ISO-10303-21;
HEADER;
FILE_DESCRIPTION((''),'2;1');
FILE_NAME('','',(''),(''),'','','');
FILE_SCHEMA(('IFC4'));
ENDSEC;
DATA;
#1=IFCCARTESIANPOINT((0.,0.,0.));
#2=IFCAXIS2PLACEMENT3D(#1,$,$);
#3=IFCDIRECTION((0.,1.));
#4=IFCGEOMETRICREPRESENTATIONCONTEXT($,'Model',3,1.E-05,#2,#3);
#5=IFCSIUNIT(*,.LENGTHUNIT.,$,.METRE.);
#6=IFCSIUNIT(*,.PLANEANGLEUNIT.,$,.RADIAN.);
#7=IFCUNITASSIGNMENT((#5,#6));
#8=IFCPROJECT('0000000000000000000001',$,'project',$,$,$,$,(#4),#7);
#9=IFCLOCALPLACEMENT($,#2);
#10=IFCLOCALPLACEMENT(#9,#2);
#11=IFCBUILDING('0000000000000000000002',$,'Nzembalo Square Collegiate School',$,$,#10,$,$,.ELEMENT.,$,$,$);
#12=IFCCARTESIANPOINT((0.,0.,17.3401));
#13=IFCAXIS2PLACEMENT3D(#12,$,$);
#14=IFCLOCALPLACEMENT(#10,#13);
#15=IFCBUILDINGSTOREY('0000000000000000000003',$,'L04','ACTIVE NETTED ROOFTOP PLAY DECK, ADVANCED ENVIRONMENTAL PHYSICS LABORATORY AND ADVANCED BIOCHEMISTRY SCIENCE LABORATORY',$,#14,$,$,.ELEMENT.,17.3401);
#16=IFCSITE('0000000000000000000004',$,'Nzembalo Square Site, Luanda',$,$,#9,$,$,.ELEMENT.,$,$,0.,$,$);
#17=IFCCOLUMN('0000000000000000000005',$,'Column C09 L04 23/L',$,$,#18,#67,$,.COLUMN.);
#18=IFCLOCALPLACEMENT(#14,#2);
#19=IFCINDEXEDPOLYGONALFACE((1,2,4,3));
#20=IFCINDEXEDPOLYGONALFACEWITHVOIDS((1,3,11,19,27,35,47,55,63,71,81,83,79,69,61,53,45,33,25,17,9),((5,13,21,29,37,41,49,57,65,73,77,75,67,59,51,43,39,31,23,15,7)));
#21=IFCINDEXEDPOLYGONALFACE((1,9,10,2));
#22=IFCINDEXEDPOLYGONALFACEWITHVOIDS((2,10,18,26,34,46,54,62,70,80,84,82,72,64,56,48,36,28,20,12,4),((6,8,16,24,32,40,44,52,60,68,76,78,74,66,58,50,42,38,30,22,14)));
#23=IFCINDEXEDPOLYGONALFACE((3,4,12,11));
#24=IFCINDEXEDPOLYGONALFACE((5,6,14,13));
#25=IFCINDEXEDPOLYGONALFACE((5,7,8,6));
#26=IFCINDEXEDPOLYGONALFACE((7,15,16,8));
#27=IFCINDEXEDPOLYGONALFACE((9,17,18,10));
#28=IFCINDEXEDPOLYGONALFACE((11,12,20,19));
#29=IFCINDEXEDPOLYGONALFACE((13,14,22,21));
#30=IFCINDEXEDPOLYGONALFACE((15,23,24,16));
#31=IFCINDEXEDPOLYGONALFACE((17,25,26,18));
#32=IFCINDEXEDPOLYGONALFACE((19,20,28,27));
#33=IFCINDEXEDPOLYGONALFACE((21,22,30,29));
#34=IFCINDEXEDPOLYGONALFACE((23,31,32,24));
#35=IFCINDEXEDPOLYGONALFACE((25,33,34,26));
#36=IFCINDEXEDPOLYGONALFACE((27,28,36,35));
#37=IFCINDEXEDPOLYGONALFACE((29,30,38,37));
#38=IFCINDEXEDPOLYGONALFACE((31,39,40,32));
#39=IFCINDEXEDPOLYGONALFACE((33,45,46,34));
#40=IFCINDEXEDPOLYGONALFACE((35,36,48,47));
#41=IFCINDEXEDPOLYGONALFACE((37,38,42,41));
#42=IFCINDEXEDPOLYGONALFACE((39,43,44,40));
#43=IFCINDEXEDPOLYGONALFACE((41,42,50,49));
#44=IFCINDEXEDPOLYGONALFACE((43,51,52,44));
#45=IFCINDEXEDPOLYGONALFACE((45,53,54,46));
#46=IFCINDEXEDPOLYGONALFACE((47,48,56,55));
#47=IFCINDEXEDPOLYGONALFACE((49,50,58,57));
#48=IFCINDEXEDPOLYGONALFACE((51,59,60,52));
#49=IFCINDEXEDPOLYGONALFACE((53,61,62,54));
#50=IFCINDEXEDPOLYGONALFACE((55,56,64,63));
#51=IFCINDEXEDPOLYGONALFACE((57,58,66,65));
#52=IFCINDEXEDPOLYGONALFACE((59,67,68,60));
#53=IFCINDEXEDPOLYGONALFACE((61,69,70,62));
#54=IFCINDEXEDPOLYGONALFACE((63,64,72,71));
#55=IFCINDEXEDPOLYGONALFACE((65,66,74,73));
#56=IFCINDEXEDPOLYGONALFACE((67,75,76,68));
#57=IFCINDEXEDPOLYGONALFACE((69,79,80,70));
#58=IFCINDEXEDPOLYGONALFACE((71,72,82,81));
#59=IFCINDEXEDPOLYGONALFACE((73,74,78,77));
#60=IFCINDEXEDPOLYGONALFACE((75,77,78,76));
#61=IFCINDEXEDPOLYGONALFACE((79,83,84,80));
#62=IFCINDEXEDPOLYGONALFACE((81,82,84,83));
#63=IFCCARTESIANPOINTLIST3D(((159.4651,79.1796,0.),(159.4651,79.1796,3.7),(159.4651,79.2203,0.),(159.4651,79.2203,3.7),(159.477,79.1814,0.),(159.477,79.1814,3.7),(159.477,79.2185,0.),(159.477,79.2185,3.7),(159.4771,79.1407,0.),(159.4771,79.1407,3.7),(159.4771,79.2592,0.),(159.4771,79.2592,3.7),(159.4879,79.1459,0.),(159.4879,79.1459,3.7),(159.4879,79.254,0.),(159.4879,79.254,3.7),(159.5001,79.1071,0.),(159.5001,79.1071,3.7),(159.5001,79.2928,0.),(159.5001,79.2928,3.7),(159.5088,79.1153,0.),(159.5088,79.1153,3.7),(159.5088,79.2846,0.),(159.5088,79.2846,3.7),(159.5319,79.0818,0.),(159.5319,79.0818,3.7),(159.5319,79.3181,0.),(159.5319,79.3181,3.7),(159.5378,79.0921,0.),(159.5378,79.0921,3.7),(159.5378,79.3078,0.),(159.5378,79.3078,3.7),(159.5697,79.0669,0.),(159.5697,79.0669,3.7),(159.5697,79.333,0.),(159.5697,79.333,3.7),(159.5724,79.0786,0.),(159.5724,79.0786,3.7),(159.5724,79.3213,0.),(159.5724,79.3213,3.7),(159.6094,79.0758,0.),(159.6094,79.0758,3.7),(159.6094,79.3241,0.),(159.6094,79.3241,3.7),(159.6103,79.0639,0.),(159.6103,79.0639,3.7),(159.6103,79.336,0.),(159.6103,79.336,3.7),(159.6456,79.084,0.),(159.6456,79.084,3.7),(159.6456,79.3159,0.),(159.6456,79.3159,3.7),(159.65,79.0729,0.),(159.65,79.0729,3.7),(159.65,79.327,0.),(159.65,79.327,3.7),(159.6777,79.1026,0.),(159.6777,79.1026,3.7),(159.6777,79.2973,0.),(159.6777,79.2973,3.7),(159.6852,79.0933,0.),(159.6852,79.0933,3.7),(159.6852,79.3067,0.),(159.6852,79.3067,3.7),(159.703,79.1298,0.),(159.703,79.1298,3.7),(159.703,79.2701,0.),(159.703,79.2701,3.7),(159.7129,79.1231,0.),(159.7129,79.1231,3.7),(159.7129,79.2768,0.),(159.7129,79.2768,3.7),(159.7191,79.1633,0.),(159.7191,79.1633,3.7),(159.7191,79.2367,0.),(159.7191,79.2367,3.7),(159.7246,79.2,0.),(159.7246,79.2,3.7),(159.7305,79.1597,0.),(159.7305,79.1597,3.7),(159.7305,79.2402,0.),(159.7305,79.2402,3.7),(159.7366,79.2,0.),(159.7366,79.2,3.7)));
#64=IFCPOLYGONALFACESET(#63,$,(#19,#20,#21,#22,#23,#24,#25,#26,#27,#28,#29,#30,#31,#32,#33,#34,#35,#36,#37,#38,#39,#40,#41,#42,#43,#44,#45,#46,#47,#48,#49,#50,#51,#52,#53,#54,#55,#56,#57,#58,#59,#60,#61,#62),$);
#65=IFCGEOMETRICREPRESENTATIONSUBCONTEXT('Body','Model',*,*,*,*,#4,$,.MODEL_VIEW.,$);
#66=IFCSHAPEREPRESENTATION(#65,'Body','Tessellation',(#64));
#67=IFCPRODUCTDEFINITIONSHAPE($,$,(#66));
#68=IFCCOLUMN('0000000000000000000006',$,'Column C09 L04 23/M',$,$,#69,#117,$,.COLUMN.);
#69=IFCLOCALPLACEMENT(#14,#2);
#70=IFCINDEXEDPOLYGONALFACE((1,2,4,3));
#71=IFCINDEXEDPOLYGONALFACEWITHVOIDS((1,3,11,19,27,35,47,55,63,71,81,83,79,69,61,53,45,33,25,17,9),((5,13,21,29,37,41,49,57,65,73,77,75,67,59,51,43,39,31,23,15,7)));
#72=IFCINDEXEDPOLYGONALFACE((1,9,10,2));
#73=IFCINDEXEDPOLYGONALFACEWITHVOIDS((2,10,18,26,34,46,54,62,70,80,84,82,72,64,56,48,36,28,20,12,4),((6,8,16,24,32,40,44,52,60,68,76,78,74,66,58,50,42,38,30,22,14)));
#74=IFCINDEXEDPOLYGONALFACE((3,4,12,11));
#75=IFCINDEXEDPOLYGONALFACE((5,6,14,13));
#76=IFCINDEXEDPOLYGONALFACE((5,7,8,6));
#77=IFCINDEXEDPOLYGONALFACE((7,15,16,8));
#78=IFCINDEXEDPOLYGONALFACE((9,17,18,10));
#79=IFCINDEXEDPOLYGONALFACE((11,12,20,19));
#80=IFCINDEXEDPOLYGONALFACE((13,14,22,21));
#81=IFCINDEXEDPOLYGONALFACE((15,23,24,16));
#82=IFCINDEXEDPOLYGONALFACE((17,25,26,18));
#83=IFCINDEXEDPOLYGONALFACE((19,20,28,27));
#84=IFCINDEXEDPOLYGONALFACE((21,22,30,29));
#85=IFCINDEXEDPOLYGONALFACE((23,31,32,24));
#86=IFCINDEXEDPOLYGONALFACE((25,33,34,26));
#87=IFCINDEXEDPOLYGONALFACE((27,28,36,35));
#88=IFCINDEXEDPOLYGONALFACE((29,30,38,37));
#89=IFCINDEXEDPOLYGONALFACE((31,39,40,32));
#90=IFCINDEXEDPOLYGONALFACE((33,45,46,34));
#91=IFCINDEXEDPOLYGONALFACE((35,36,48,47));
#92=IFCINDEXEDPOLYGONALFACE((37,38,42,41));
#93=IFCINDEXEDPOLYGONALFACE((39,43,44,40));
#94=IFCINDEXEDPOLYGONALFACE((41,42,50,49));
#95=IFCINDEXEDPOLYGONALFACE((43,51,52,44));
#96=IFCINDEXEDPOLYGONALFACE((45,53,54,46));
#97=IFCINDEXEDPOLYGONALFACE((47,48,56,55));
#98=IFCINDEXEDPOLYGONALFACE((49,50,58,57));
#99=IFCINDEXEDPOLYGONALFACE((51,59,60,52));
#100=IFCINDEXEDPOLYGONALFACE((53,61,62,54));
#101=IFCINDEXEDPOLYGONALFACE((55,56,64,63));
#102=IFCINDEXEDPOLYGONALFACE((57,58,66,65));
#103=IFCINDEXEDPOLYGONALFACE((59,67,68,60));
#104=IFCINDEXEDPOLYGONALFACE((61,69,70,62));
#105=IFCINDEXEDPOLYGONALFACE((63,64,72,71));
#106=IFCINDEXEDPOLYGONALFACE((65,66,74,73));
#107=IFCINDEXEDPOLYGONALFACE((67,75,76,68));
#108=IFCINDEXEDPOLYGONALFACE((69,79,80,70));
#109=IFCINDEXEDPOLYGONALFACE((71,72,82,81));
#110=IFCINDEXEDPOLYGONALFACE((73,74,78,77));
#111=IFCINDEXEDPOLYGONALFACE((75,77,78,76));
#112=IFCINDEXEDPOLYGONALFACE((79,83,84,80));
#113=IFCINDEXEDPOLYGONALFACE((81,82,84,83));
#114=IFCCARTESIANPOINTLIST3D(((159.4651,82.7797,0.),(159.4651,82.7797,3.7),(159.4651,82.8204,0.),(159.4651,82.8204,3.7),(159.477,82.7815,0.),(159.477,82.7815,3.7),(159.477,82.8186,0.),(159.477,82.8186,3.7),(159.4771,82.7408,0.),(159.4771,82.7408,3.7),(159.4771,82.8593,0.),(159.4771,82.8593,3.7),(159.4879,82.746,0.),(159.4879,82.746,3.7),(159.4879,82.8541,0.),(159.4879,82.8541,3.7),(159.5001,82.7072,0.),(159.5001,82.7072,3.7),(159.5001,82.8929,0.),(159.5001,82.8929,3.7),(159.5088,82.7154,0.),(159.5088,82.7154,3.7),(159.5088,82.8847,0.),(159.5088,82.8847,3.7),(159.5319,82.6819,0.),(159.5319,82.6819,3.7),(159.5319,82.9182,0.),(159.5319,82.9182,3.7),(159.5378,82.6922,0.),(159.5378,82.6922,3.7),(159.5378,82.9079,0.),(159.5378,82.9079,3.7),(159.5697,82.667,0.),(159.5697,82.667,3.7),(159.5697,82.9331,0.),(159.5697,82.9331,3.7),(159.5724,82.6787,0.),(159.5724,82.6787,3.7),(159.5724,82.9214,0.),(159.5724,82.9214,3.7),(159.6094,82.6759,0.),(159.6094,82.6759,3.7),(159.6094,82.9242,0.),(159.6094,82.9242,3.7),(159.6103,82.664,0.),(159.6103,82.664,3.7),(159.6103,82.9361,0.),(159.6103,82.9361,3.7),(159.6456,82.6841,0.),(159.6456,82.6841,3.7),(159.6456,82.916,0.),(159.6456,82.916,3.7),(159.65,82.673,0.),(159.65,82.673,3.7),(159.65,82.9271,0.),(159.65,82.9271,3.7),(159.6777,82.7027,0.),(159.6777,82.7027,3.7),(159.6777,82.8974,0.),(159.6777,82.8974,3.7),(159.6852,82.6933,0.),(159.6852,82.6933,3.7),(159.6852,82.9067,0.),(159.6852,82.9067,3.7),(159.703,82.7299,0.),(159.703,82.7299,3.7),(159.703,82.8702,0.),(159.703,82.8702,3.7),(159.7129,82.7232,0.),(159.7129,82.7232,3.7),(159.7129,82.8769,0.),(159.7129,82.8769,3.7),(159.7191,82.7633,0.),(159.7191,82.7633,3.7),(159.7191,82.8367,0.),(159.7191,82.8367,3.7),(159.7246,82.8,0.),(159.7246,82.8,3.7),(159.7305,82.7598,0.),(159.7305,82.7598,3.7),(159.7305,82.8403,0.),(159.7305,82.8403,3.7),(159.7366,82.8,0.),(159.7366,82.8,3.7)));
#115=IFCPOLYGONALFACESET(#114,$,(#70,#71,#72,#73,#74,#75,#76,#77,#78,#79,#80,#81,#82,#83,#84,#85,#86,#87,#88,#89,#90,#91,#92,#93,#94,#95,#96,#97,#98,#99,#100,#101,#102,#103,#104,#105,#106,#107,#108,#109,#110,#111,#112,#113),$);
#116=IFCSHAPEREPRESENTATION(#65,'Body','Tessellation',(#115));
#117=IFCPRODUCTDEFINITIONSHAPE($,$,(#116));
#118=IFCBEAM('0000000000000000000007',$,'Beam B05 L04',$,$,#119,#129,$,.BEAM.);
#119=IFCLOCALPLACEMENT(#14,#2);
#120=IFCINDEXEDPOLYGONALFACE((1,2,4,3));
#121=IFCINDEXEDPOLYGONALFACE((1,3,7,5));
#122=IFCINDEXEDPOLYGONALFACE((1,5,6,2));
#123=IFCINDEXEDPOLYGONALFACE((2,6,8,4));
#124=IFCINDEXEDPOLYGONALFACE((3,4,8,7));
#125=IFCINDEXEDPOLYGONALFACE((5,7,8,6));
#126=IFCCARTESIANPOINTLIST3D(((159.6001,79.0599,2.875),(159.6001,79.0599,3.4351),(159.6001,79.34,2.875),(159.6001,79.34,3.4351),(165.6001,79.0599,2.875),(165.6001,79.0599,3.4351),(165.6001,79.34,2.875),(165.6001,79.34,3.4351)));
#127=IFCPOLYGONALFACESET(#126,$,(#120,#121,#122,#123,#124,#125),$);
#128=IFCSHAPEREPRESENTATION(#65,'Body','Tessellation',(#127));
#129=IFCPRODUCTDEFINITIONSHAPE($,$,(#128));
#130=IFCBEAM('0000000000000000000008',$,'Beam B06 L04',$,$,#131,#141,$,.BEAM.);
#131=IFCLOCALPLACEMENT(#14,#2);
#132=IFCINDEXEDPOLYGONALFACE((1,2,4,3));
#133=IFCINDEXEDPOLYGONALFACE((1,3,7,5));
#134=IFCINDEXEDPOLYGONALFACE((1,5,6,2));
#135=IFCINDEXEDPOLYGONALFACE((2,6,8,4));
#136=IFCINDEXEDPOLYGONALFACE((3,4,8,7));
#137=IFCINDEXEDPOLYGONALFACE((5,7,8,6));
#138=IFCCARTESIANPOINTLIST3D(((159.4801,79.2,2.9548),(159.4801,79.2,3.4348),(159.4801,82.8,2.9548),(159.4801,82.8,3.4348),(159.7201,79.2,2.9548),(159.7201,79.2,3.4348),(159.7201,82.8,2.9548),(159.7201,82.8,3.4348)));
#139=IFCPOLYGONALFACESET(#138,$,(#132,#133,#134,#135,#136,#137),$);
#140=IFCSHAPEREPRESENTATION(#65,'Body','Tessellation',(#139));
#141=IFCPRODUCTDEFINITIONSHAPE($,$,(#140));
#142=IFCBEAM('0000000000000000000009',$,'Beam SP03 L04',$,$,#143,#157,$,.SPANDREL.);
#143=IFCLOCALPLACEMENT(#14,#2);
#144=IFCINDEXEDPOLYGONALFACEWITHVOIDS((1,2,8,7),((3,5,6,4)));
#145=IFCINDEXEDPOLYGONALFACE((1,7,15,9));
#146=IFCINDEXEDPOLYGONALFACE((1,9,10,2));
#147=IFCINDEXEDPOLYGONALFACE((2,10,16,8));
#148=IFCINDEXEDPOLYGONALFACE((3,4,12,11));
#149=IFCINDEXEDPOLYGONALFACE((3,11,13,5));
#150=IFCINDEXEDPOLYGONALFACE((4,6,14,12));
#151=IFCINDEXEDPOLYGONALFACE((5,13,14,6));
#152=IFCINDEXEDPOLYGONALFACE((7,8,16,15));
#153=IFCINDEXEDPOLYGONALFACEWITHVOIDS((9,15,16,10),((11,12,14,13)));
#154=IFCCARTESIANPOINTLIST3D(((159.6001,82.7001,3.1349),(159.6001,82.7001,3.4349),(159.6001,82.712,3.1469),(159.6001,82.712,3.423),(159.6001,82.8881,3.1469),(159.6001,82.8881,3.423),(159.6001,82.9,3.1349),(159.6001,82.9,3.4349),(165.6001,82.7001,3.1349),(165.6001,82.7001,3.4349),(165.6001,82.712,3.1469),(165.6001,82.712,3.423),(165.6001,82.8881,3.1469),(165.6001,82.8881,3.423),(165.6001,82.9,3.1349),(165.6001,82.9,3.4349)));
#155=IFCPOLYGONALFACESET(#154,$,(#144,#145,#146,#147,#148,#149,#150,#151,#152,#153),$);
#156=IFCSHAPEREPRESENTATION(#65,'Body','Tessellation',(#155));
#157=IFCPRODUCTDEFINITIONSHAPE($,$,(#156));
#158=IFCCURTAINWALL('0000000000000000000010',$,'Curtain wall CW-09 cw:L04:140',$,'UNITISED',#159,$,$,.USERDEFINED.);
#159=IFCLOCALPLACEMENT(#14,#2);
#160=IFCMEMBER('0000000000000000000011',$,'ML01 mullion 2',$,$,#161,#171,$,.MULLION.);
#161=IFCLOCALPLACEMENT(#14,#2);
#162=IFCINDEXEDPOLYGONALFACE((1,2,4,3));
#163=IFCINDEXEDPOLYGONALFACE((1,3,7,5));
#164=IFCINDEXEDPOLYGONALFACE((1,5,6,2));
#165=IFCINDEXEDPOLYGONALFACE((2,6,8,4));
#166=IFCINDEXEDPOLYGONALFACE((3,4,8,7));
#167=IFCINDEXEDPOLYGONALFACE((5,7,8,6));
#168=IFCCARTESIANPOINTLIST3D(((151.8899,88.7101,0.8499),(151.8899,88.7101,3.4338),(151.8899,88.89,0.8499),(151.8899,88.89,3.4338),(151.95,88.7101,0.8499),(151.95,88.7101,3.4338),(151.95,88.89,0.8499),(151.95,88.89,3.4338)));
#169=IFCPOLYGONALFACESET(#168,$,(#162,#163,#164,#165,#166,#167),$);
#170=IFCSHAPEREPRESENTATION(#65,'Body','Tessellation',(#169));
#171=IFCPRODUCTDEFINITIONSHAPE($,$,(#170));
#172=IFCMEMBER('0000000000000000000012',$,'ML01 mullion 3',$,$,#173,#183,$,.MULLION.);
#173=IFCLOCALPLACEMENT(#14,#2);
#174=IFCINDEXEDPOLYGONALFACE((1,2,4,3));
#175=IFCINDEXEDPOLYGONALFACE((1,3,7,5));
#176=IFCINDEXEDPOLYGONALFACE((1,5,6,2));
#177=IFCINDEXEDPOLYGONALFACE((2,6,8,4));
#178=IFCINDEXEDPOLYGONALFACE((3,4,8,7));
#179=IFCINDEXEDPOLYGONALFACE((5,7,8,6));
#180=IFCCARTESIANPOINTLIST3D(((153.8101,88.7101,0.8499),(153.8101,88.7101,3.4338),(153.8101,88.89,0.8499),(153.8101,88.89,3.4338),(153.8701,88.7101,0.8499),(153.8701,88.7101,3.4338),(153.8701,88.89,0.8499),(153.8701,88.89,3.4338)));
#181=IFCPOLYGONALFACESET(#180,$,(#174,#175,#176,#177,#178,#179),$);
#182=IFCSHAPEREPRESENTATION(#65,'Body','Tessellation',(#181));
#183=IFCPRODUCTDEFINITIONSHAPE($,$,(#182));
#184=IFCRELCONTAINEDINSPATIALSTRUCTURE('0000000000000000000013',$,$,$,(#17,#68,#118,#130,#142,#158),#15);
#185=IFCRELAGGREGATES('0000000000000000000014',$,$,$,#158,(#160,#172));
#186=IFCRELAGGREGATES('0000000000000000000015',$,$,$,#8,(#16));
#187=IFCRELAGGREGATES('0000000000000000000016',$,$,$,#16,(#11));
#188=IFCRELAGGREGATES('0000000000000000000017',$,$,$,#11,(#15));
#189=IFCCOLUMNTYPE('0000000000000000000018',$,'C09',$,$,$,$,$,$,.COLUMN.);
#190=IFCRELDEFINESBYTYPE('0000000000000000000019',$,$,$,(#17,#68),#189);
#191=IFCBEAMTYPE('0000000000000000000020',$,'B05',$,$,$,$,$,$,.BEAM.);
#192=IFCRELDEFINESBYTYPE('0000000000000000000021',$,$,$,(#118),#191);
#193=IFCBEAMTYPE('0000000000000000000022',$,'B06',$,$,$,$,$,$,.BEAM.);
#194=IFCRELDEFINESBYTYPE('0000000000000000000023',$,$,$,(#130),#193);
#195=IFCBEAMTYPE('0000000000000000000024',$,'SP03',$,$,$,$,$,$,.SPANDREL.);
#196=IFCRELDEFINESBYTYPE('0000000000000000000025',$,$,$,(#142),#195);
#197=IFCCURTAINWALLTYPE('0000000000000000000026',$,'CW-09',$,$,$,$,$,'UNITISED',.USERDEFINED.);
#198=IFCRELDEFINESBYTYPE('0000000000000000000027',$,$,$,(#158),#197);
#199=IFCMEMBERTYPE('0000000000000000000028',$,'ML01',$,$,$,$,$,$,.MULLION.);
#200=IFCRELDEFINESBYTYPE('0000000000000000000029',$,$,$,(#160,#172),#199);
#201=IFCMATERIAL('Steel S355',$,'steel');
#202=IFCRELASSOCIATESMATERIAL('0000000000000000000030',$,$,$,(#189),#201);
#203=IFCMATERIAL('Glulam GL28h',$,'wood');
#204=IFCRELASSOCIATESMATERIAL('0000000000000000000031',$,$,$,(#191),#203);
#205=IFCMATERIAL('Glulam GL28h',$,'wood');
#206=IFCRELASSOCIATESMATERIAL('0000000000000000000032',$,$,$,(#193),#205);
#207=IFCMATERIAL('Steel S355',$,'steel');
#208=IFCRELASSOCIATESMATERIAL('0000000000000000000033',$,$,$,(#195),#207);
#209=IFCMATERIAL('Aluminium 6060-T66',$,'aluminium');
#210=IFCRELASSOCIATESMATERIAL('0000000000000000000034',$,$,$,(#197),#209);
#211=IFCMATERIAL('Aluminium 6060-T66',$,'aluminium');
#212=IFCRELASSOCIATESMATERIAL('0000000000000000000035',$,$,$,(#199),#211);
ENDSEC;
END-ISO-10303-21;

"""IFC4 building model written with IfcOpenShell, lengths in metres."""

from ifc_helpers import new_model, si_unit, direction, frame, origin, origin_2d, place, context, subcontext, project, spatial, rectangle, hollow_rectangle, hollow_circle, extrude, material, material_profile, profile_set, type_object, element, aggregate, save


model = new_model("IFC4")

# Units and contexts
model_context = context("Model", 3, precision=1e-05, world=origin(), true_north=direction((0.0, 1.0)))
body_context = subcontext(model_context, "Body", "Model", "MODEL_VIEW")
ifc_project = project(units=[si_unit("LENGTHUNIT", "METRE"), si_unit("PLANEANGLEUNIT", "RADIAN")], contexts=[model_context])

# Site, building, storey
site_placement = place(None, origin())
site = spatial("IfcSite", under=ifc_project, at=site_placement, Name="Nzembalo Square Site, Luanda", CompositionType="ELEMENT", RefElevation=0.0)
building_placement = place(site_placement, origin())
building = spatial("IfcBuilding", under=site, at=building_placement, Name="Nzembalo Square Collegiate School", CompositionType="ELEMENT")
storey_placement = place(building_placement, frame((0.0, 0.0, 17.3401)))
storey = spatial("IfcBuildingStorey", under=building, at=storey_placement, Name="L04", Description="ACTIVE NETTED ROOFTOP PLAY DECK, ADVANCED ENVIRONMENTAL PHYSICS LABORATORY AND ADVANCED BIOCHEMISTRY SCIENCE LABORATORY", CompositionType="ELEMENT", Elevation=17.3401)

# Columns
ifc_material_1 = material(Name="Steel S355", Category="steel")
ifc_material_profile_1 = material_profile(ifc_material_1, hollow_circle(Radius=0.1365, WallThickness=0.012, at=origin_2d()), Name="CHS 273x12")
ifc_profile_set_1 = profile_set([ifc_material_profile_1], Name="Steel S355")
column_type = type_object("IfcColumnType", Name="C09", PredefinedType="COLUMN", material=ifc_profile_set_1)
for number, where, z_axis, x_axis, name in (
    (1, (159.6001, 79.2, 0.0), (0.0, 0.0, 1.0), (1.0, 0.0, 0.0), "Column C09 L04 23/L"),
    (2, (159.6001, 82.8, 0.0), (0.0, 0.0, 1.0), (1.0, 0.0, 0.0), "Column C09 L04 23/M"),
):
    element("IfcColumn", number, at=place(storey_placement, frame(where, z_axis=z_axis, x_axis=x_axis)), inside=storey, type_object=column_type, Name=name, PredefinedType="COLUMN", context=body_context, shape_type="SweptSolid", body=[
        extrude(hollow_circle(Radius=0.1365, WallThickness=0.012, at=origin_2d()), origin(), (0.0, 0.0, 1.0), 3.7),
    ])

# Beams
ifc_material_2 = material(Name="Glulam GL28h", Category="wood")
ifc_material_profile_2 = material_profile(ifc_material_2, rectangle(XDim=0.28, YDim=0.5601, at=origin_2d()), Name="GL28h 280x560")
ifc_profile_set_2 = profile_set([ifc_material_profile_2], Name="Glulam GL28h")
beam_type_1 = type_object("IfcBeamType", Name="B05", PredefinedType="BEAM", material=ifc_profile_set_2)
beam_1_placement = place(storey_placement, frame((159.6001, 79.2, 3.155), z_axis=(1.0, 0.0, 0.0), x_axis=(0.0, 1.0, 0.0)))
element("IfcBeam", 3, at=beam_1_placement, inside=storey, type_object=beam_type_1, Name="Beam B05 L04", PredefinedType="BEAM", context=body_context, shape_type="SweptSolid", body=[
    extrude(rectangle(XDim=0.28, YDim=0.5601, at=origin_2d()), origin(), (0.0, 0.0, 1.0), 6.0),
])
ifc_material_3 = material(Name="Glulam GL28h", Category="wood")
ifc_material_profile_3 = material_profile(ifc_material_3, rectangle(XDim=0.24, YDim=0.48, at=origin_2d()), Name="GL28h 240x480")
ifc_profile_set_3 = profile_set([ifc_material_profile_3], Name="Glulam GL28h")
beam_type_2 = type_object("IfcBeamType", Name="B06", PredefinedType="BEAM", material=ifc_profile_set_3)
beam_2_placement = place(storey_placement, frame((159.6001, 79.2, 3.1948), z_axis=(0.0, 1.0, 0.0), x_axis=(-1.0, 0.0, 0.0)))
element("IfcBeam", 4, at=beam_2_placement, inside=storey, type_object=beam_type_2, Name="Beam B06 L04", PredefinedType="BEAM", context=body_context, shape_type="SweptSolid", body=[
    extrude(rectangle(XDim=0.24, YDim=0.48, at=origin_2d()), origin(), (0.0, 0.0, 1.0), 3.6001),
])
ifc_material_4 = material(Name="Steel S355", Category="steel")
ifc_material_profile_4 = material_profile(ifc_material_4, hollow_rectangle(XDim=0.2, YDim=0.3, WallThickness=0.012, at=origin_2d()), Name="RHS 300x200x12")
ifc_profile_set_4 = profile_set([ifc_material_profile_4], Name="Steel S355")
beam_type_3 = type_object("IfcBeamType", Name="SP03", PredefinedType="SPANDREL", material=ifc_profile_set_4)
beam_3_placement = place(storey_placement, frame((159.6001, 82.8, 3.2849), z_axis=(1.0, 0.0, 0.0), x_axis=(0.0, 1.0, 0.0)))
element("IfcBeam", 5, at=beam_3_placement, inside=storey, type_object=beam_type_3, Name="Beam SP03 L04", PredefinedType="SPANDREL", context=body_context, shape_type="SweptSolid", body=[
    extrude(hollow_rectangle(XDim=0.2, YDim=0.3, WallThickness=0.012, at=origin_2d()), origin(), (0.0, 0.0, 1.0), 6.0),
])

# Curtain wall, members
ifc_material_5 = material(Name="Aluminium 6060-T66", Category="aluminium")
curtain_wall_type = type_object("IfcCurtainWallType", Name="CW-09", ElementType="UNITISED", PredefinedType="USERDEFINED", material=ifc_material_5)
curtain_wall_placement = place(storey_placement, origin())
curtain_wall = element("IfcCurtainWall", 6, at=curtain_wall_placement, inside=storey, type_object=curtain_wall_type, Name="Curtain wall CW-09 cw:L04:140", ObjectType="UNITISED", PredefinedType="USERDEFINED")
ifc_material_6 = material(Name="Aluminium 6060-T66", Category="aluminium")
ifc_material_profile_5 = material_profile(ifc_material_6, rectangle(XDim=0.0601, YDim=0.1799, at=origin_2d()), Name="ALU M60x180")
ifc_profile_set_5 = profile_set([ifc_material_profile_5], Name="Aluminium 6060-T66")
member_type_1 = type_object("IfcMemberType", Name="ML01", PredefinedType="MULLION", material=ifc_profile_set_5)
member_1_placement = place(storey_placement, frame((151.9199, 88.8, 0.8499), z_axis=(0.0, 0.0, 1.0), x_axis=(1.0, 0.0, 0.0)))
member_1 = element("IfcMember", 7, at=member_1_placement, type_object=member_type_1, Name="ML01 mullion 2", PredefinedType="MULLION", context=body_context, shape_type="SweptSolid", body=[
    extrude(rectangle(XDim=0.0601, YDim=0.1799, at=origin_2d()), origin(), (0.0, 0.0, 1.0), 2.584),
])
member_2_placement = place(storey_placement, frame((153.8401, 88.8, 0.8499), z_axis=(0.0, 0.0, 1.0), x_axis=(1.0, 0.0, 0.0)))
member_2 = element("IfcMember", 8, at=member_2_placement, type_object=member_type_1, Name="ML01 mullion 3", PredefinedType="MULLION", context=body_context, shape_type="SweptSolid", body=[
    extrude(rectangle(XDim=0.0601, YDim=0.1799, at=origin_2d()), origin(), (0.0, 0.0, 1.0), 2.584),
])
aggregate(curtain_wall, [member_1, member_2])

save(model, "model.ifc")
